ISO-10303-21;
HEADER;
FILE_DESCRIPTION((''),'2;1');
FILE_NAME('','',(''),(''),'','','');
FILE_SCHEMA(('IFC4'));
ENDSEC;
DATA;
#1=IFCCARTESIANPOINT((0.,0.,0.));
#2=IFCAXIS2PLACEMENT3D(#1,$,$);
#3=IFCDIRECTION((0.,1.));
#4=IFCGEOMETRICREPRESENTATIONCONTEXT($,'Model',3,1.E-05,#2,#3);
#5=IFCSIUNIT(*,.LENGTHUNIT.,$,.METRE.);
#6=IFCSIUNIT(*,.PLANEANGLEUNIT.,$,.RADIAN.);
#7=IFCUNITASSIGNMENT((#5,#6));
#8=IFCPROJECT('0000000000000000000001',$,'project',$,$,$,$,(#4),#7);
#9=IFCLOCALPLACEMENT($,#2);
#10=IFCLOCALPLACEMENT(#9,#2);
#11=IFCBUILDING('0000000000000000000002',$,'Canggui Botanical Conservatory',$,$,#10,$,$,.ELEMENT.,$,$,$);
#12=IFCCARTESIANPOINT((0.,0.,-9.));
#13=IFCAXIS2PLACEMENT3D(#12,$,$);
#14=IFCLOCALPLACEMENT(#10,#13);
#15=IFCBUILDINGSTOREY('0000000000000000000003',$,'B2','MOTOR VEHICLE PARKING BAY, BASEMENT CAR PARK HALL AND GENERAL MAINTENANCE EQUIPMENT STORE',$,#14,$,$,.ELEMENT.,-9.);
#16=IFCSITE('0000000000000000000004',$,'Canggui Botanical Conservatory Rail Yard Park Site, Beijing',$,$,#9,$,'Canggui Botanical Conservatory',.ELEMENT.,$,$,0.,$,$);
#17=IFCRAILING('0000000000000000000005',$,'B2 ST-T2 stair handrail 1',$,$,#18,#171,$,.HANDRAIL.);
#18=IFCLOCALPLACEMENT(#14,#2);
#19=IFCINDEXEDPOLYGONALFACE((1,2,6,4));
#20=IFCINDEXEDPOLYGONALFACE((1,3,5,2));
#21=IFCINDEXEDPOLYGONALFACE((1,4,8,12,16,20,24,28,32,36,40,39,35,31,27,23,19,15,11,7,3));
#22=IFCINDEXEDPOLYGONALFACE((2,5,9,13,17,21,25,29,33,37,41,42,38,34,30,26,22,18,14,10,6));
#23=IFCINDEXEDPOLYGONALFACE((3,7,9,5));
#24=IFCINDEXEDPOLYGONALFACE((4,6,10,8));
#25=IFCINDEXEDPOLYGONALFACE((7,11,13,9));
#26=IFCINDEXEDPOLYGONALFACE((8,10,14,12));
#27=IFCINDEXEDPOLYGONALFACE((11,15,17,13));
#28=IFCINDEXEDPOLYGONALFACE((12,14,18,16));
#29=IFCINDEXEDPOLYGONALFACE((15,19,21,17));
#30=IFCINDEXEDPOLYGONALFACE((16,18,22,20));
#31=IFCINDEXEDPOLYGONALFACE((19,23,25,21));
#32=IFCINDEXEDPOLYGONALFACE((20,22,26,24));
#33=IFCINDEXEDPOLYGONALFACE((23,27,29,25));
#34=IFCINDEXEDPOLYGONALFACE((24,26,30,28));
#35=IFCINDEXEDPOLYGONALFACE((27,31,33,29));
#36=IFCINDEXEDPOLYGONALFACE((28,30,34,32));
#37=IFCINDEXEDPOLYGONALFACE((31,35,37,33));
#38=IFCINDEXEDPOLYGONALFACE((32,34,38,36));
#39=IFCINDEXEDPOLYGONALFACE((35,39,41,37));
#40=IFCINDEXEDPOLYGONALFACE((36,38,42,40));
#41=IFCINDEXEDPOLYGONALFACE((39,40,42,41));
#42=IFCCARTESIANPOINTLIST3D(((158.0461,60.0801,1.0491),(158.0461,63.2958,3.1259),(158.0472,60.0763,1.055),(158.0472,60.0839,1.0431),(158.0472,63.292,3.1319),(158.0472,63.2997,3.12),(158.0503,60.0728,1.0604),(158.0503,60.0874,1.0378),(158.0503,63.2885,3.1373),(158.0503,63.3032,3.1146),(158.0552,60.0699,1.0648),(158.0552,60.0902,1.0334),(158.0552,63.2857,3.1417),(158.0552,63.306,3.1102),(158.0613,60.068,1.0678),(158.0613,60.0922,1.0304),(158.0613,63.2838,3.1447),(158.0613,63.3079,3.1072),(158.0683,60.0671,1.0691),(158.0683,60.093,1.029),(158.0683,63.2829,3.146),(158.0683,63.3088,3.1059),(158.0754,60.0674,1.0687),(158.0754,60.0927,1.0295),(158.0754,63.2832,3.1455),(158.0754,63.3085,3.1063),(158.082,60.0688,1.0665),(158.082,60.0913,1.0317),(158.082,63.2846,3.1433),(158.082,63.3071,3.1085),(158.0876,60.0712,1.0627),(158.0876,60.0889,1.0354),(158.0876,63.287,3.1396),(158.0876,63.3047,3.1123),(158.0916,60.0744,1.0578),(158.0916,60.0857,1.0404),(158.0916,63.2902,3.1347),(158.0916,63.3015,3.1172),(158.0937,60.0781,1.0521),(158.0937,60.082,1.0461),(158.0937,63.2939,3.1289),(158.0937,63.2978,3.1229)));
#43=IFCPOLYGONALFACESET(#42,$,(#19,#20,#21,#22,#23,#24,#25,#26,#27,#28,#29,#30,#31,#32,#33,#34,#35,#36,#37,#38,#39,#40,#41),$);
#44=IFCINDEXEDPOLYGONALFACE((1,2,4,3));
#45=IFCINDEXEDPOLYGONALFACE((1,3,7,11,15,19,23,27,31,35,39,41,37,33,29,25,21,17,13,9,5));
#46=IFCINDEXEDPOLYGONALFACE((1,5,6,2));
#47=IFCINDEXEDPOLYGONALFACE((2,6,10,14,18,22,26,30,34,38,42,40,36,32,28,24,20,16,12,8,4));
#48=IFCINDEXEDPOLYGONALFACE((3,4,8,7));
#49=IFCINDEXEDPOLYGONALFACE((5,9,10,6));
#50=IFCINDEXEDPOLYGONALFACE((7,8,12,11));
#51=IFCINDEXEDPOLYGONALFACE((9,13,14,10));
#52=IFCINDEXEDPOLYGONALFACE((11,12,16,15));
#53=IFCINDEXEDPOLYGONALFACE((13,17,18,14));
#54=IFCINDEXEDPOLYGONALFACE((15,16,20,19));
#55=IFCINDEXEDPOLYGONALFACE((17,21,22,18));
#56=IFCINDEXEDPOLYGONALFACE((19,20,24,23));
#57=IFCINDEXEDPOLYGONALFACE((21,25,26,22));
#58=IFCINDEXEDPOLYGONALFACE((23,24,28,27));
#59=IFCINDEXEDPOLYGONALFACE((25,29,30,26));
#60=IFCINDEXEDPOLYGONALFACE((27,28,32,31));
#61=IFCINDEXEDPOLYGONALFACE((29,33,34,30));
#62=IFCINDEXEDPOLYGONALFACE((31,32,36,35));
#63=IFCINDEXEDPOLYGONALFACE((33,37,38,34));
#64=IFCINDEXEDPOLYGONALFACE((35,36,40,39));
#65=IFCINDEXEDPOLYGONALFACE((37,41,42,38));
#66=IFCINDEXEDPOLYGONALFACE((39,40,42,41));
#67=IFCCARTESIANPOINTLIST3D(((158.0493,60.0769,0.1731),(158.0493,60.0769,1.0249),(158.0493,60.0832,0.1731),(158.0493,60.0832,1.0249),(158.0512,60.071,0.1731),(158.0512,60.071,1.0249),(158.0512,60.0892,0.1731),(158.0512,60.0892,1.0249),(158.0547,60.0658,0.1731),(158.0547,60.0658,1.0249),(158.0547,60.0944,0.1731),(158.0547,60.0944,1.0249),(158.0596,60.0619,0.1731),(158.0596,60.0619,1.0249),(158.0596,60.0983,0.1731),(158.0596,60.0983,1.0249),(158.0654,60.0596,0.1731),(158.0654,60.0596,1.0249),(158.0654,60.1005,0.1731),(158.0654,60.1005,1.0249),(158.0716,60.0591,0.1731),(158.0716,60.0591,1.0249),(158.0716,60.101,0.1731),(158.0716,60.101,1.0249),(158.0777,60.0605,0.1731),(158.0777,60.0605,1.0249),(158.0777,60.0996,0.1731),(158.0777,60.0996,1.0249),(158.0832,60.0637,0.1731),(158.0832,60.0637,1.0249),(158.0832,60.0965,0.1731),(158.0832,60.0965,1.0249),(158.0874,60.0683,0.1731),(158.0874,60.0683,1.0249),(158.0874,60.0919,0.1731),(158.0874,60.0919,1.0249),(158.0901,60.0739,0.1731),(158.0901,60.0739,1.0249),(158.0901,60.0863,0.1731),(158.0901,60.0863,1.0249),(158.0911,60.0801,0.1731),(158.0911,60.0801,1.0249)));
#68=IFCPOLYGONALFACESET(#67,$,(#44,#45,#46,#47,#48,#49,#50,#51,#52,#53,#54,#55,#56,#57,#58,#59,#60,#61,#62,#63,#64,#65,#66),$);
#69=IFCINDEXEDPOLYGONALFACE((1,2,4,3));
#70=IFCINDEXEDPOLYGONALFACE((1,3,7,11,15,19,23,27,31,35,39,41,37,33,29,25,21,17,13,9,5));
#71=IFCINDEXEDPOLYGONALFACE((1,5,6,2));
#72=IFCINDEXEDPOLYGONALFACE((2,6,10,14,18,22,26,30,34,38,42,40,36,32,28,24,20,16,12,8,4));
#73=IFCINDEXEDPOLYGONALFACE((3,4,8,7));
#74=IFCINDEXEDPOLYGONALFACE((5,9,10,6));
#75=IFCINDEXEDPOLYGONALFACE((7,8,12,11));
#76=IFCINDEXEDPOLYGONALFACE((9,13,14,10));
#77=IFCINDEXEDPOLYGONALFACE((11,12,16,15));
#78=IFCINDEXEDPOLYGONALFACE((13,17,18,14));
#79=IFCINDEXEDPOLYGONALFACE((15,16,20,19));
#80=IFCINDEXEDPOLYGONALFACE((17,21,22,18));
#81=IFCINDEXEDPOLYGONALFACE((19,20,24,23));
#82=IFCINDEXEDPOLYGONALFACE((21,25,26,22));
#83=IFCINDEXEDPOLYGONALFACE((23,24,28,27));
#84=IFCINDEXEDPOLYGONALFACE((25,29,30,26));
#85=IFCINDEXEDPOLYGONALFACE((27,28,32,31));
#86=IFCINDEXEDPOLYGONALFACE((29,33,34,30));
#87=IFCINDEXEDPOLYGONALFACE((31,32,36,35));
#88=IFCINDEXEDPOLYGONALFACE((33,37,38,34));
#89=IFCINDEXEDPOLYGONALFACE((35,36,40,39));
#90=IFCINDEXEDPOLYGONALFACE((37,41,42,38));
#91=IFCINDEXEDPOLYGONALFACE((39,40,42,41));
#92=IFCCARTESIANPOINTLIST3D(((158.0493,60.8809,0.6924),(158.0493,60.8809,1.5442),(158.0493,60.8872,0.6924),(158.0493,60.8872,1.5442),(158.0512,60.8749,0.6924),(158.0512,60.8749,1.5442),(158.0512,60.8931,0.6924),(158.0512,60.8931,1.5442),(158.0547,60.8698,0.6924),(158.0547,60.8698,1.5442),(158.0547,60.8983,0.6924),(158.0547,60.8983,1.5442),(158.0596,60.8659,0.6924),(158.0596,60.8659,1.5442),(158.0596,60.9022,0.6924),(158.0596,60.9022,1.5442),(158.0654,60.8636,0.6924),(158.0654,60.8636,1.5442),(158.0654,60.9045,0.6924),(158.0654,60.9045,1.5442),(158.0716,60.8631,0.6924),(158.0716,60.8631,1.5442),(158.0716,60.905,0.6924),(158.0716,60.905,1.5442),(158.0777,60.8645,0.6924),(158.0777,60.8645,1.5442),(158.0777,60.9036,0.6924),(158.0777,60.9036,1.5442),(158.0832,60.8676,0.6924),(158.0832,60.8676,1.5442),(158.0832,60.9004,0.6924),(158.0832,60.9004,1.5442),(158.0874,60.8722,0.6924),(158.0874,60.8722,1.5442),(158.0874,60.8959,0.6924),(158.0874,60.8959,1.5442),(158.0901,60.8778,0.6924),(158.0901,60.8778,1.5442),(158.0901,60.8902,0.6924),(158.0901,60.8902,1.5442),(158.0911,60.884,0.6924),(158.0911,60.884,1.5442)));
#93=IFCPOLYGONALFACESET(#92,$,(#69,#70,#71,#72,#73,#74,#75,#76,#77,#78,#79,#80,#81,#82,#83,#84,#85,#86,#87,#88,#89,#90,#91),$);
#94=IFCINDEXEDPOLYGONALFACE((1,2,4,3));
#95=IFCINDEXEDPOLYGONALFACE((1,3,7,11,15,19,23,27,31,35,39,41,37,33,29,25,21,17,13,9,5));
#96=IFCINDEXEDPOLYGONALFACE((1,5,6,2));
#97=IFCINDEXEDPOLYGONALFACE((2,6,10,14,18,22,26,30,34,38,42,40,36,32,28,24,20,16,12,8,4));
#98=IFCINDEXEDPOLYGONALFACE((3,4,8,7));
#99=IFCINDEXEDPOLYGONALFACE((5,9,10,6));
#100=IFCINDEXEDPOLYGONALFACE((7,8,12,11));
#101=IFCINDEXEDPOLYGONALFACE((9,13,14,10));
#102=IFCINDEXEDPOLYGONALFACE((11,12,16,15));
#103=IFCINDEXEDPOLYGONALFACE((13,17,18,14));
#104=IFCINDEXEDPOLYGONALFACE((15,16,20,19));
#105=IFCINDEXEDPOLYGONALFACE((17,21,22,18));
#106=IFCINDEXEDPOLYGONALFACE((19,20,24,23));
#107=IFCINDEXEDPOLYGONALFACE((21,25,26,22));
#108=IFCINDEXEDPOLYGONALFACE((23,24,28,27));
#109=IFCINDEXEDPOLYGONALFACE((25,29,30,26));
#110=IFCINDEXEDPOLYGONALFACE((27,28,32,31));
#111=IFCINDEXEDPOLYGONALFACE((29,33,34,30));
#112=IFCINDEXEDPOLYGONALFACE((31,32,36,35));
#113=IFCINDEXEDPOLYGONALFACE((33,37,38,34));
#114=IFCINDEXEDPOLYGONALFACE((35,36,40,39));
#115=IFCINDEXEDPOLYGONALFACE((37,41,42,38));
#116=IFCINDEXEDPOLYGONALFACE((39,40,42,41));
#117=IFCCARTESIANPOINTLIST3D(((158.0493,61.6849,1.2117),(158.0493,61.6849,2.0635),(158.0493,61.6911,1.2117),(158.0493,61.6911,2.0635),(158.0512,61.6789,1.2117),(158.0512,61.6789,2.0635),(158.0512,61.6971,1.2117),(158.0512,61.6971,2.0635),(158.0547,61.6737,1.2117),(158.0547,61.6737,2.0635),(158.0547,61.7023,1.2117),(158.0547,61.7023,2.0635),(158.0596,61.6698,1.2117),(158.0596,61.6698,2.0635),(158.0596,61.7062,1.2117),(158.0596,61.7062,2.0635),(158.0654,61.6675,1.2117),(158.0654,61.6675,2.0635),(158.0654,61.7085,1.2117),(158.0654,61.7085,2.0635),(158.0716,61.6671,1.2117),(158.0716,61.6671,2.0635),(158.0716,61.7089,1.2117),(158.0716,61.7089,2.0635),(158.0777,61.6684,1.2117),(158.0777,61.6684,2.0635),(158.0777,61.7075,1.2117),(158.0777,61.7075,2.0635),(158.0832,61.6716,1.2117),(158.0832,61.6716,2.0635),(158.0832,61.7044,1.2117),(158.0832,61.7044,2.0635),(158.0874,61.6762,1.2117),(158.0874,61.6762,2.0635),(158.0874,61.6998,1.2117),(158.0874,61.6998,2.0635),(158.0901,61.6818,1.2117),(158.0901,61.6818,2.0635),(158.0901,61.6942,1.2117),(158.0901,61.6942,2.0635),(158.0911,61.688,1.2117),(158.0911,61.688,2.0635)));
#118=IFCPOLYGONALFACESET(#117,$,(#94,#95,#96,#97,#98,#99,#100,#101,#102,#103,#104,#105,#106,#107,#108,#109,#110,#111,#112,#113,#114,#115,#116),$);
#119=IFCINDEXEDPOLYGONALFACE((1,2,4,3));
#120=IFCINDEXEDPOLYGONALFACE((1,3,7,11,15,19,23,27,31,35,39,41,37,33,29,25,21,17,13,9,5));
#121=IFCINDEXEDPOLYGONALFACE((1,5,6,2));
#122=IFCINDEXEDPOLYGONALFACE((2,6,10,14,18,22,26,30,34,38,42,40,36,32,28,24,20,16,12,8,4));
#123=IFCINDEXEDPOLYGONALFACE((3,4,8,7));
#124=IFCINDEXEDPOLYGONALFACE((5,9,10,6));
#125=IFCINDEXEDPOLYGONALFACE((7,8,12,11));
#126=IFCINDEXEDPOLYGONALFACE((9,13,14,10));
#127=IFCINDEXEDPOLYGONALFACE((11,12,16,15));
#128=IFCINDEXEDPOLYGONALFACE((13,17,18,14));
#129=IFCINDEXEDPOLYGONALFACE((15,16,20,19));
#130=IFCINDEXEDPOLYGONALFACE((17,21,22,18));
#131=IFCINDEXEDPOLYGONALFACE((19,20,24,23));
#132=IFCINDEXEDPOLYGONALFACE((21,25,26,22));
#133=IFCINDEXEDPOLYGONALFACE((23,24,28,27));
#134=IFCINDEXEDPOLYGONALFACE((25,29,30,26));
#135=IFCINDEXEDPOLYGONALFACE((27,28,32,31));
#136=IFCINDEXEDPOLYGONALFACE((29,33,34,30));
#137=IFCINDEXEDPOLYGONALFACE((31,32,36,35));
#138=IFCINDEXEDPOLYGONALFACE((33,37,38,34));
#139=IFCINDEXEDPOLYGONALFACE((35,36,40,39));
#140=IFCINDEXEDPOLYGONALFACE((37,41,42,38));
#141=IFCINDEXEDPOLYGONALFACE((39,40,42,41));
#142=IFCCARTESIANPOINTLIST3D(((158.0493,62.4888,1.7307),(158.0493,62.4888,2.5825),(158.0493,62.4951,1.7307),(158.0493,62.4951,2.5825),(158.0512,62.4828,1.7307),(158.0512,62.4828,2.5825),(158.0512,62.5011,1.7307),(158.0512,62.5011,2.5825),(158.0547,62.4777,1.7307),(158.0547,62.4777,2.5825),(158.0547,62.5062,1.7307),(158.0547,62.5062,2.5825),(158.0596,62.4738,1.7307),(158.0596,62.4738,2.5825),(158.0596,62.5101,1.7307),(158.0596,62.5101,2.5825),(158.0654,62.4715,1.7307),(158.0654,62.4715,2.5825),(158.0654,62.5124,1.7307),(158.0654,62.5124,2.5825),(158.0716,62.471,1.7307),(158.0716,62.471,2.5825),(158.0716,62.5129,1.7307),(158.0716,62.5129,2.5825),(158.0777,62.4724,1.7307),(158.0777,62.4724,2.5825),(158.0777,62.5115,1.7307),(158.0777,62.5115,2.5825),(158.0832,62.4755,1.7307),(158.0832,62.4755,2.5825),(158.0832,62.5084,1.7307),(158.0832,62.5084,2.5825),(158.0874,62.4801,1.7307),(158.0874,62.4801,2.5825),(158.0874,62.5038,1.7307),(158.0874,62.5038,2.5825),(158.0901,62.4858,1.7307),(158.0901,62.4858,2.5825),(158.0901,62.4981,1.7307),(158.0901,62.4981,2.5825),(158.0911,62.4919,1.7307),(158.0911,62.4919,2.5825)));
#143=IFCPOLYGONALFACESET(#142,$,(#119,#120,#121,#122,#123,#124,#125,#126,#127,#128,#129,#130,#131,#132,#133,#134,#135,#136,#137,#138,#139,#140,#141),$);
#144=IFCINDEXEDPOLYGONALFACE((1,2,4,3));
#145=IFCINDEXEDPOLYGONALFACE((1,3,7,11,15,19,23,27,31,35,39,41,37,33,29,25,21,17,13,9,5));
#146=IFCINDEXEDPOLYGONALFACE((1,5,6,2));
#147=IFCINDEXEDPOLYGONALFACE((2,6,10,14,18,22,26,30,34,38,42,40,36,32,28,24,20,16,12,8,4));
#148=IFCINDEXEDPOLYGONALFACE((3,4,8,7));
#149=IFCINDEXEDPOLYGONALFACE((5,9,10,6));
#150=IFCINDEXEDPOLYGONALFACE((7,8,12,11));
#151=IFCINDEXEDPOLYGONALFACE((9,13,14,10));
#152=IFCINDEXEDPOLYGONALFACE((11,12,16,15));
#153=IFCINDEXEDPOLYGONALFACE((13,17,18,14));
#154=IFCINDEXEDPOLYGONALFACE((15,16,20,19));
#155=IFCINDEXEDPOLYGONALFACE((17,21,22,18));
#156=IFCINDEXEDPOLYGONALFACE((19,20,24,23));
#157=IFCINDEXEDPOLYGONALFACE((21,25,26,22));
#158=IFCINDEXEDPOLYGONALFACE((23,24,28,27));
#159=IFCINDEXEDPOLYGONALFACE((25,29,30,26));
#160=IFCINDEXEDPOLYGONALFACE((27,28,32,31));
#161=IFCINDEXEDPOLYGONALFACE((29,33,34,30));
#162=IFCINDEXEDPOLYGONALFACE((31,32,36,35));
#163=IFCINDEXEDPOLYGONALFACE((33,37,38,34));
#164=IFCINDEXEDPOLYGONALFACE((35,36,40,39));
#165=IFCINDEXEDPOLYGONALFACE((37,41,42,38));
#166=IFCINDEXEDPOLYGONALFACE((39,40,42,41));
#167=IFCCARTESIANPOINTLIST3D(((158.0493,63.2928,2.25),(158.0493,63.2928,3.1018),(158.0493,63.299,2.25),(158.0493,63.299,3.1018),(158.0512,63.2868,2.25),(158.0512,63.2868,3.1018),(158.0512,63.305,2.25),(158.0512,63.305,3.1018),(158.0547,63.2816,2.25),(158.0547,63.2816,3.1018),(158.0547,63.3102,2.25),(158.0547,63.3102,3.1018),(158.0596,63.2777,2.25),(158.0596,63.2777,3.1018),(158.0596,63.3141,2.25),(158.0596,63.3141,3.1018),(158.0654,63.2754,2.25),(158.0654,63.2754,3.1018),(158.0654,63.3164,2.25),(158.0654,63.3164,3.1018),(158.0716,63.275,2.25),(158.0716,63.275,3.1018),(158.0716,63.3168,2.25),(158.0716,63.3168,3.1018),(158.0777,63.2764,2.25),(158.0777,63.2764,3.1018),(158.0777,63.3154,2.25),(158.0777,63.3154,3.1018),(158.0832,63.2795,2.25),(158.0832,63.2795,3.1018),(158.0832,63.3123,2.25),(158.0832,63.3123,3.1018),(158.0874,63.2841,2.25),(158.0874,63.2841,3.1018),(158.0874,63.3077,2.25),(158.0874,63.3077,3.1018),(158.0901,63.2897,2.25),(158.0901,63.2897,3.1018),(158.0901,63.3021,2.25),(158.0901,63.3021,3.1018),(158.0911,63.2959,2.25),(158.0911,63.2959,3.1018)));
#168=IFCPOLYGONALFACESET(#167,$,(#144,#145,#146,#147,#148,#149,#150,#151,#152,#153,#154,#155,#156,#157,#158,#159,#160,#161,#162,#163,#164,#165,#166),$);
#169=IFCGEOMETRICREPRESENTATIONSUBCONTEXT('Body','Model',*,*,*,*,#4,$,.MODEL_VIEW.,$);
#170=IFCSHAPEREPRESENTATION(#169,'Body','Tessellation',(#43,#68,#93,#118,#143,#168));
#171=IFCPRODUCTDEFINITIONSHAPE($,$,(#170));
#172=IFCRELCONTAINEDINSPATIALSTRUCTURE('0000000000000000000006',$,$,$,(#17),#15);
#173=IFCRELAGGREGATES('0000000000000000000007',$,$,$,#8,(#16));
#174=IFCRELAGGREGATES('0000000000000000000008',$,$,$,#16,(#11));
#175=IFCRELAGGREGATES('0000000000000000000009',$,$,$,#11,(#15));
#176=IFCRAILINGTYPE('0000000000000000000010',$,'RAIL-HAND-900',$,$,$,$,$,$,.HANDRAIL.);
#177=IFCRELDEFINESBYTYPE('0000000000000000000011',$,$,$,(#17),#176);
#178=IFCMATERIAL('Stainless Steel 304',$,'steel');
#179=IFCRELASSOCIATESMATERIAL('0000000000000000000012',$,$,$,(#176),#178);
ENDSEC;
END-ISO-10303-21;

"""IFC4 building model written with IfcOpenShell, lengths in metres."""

from ifc_helpers import new_model, si_unit, direction, frame, origin, origin_2d, place, context, subcontext, project, spatial, circle, extrude, material, type_object, element, save


model = new_model("IFC4")

# Units and contexts
model_context = context("Model", 3, precision=1e-05, world=origin(), true_north=direction((0.0, 1.0)))
body_context = subcontext(model_context, "Body", "Model", "MODEL_VIEW")
ifc_project = project(units=[si_unit("LENGTHUNIT", "METRE"), si_unit("PLANEANGLEUNIT", "RADIAN")], contexts=[model_context])

# Site, building, storey
site_placement = place(None, origin())
site = spatial("IfcSite", under=ifc_project, at=site_placement, Name="Canggui Botanical Conservatory Rail Yard Park Site, Beijing", LongName="Canggui Botanical Conservatory", CompositionType="ELEMENT", RefElevation=0.0)
building_placement = place(site_placement, origin())
building = spatial("IfcBuilding", under=site, at=building_placement, Name="Canggui Botanical Conservatory", CompositionType="ELEMENT")
storey_placement = place(building_placement, frame((0.0, 0.0, -9.0)))
storey = spatial("IfcBuildingStorey", under=building, at=storey_placement, Name="B2", Description="MOTOR VEHICLE PARKING BAY, BASEMENT CAR PARK HALL AND GENERAL MAINTENANCE EQUIPMENT STORE", CompositionType="ELEMENT", Elevation=-9.0)

# Railing
ifc_material_1 = material(Name="Stainless Steel 304", Category="steel")
railing_type_1 = type_object("IfcRailingType", Name="RAIL-HAND-900", PredefinedType="HANDRAIL", material=ifc_material_1)
railing_1_placement = place(storey_placement, frame((158.0701, 60.0801, 0.1731)))
element("IfcRailing", 1, at=railing_1_placement, inside=storey, type_object=railing_type_1, Name="B2 ST-T2 stair handrail 1", PredefinedType="HANDRAIL", context=body_context, shape_type="SweptSolid", body=[
    extrude(circle(Radius=0.0239, at=origin_2d()), frame((0.0, 0.0, 0.876), z_axis=(0.0, 0.840037, 0.542529), x_axis=(-1.0, 0.0, 0.0)), (0.0, 0.0, 1.0), 3.8281),
    extrude(circle(Radius=0.021, at=origin_2d()), origin(), (0.0, 0.0, 1.0), 0.8518),
    extrude(circle(Radius=0.021, at=origin_2d()), frame((0.0, 0.804, 0.5193)), (0.0, 0.0, 1.0), 0.8518),
    extrude(circle(Radius=0.021, at=origin_2d()), frame((0.0, 1.6079, 1.0386)), (0.0, 0.0, 1.0), 0.8518),
    extrude(circle(Radius=0.021, at=origin_2d()), frame((0.0, 2.4119, 1.5576)), (0.0, 0.0, 1.0), 0.8518),
    extrude(circle(Radius=0.021, at=origin_2d()), frame((0.0, 3.2158, 2.0769)), (0.0, 0.0, 1.0), 0.8518),
])

save(model, "model.ifc")
